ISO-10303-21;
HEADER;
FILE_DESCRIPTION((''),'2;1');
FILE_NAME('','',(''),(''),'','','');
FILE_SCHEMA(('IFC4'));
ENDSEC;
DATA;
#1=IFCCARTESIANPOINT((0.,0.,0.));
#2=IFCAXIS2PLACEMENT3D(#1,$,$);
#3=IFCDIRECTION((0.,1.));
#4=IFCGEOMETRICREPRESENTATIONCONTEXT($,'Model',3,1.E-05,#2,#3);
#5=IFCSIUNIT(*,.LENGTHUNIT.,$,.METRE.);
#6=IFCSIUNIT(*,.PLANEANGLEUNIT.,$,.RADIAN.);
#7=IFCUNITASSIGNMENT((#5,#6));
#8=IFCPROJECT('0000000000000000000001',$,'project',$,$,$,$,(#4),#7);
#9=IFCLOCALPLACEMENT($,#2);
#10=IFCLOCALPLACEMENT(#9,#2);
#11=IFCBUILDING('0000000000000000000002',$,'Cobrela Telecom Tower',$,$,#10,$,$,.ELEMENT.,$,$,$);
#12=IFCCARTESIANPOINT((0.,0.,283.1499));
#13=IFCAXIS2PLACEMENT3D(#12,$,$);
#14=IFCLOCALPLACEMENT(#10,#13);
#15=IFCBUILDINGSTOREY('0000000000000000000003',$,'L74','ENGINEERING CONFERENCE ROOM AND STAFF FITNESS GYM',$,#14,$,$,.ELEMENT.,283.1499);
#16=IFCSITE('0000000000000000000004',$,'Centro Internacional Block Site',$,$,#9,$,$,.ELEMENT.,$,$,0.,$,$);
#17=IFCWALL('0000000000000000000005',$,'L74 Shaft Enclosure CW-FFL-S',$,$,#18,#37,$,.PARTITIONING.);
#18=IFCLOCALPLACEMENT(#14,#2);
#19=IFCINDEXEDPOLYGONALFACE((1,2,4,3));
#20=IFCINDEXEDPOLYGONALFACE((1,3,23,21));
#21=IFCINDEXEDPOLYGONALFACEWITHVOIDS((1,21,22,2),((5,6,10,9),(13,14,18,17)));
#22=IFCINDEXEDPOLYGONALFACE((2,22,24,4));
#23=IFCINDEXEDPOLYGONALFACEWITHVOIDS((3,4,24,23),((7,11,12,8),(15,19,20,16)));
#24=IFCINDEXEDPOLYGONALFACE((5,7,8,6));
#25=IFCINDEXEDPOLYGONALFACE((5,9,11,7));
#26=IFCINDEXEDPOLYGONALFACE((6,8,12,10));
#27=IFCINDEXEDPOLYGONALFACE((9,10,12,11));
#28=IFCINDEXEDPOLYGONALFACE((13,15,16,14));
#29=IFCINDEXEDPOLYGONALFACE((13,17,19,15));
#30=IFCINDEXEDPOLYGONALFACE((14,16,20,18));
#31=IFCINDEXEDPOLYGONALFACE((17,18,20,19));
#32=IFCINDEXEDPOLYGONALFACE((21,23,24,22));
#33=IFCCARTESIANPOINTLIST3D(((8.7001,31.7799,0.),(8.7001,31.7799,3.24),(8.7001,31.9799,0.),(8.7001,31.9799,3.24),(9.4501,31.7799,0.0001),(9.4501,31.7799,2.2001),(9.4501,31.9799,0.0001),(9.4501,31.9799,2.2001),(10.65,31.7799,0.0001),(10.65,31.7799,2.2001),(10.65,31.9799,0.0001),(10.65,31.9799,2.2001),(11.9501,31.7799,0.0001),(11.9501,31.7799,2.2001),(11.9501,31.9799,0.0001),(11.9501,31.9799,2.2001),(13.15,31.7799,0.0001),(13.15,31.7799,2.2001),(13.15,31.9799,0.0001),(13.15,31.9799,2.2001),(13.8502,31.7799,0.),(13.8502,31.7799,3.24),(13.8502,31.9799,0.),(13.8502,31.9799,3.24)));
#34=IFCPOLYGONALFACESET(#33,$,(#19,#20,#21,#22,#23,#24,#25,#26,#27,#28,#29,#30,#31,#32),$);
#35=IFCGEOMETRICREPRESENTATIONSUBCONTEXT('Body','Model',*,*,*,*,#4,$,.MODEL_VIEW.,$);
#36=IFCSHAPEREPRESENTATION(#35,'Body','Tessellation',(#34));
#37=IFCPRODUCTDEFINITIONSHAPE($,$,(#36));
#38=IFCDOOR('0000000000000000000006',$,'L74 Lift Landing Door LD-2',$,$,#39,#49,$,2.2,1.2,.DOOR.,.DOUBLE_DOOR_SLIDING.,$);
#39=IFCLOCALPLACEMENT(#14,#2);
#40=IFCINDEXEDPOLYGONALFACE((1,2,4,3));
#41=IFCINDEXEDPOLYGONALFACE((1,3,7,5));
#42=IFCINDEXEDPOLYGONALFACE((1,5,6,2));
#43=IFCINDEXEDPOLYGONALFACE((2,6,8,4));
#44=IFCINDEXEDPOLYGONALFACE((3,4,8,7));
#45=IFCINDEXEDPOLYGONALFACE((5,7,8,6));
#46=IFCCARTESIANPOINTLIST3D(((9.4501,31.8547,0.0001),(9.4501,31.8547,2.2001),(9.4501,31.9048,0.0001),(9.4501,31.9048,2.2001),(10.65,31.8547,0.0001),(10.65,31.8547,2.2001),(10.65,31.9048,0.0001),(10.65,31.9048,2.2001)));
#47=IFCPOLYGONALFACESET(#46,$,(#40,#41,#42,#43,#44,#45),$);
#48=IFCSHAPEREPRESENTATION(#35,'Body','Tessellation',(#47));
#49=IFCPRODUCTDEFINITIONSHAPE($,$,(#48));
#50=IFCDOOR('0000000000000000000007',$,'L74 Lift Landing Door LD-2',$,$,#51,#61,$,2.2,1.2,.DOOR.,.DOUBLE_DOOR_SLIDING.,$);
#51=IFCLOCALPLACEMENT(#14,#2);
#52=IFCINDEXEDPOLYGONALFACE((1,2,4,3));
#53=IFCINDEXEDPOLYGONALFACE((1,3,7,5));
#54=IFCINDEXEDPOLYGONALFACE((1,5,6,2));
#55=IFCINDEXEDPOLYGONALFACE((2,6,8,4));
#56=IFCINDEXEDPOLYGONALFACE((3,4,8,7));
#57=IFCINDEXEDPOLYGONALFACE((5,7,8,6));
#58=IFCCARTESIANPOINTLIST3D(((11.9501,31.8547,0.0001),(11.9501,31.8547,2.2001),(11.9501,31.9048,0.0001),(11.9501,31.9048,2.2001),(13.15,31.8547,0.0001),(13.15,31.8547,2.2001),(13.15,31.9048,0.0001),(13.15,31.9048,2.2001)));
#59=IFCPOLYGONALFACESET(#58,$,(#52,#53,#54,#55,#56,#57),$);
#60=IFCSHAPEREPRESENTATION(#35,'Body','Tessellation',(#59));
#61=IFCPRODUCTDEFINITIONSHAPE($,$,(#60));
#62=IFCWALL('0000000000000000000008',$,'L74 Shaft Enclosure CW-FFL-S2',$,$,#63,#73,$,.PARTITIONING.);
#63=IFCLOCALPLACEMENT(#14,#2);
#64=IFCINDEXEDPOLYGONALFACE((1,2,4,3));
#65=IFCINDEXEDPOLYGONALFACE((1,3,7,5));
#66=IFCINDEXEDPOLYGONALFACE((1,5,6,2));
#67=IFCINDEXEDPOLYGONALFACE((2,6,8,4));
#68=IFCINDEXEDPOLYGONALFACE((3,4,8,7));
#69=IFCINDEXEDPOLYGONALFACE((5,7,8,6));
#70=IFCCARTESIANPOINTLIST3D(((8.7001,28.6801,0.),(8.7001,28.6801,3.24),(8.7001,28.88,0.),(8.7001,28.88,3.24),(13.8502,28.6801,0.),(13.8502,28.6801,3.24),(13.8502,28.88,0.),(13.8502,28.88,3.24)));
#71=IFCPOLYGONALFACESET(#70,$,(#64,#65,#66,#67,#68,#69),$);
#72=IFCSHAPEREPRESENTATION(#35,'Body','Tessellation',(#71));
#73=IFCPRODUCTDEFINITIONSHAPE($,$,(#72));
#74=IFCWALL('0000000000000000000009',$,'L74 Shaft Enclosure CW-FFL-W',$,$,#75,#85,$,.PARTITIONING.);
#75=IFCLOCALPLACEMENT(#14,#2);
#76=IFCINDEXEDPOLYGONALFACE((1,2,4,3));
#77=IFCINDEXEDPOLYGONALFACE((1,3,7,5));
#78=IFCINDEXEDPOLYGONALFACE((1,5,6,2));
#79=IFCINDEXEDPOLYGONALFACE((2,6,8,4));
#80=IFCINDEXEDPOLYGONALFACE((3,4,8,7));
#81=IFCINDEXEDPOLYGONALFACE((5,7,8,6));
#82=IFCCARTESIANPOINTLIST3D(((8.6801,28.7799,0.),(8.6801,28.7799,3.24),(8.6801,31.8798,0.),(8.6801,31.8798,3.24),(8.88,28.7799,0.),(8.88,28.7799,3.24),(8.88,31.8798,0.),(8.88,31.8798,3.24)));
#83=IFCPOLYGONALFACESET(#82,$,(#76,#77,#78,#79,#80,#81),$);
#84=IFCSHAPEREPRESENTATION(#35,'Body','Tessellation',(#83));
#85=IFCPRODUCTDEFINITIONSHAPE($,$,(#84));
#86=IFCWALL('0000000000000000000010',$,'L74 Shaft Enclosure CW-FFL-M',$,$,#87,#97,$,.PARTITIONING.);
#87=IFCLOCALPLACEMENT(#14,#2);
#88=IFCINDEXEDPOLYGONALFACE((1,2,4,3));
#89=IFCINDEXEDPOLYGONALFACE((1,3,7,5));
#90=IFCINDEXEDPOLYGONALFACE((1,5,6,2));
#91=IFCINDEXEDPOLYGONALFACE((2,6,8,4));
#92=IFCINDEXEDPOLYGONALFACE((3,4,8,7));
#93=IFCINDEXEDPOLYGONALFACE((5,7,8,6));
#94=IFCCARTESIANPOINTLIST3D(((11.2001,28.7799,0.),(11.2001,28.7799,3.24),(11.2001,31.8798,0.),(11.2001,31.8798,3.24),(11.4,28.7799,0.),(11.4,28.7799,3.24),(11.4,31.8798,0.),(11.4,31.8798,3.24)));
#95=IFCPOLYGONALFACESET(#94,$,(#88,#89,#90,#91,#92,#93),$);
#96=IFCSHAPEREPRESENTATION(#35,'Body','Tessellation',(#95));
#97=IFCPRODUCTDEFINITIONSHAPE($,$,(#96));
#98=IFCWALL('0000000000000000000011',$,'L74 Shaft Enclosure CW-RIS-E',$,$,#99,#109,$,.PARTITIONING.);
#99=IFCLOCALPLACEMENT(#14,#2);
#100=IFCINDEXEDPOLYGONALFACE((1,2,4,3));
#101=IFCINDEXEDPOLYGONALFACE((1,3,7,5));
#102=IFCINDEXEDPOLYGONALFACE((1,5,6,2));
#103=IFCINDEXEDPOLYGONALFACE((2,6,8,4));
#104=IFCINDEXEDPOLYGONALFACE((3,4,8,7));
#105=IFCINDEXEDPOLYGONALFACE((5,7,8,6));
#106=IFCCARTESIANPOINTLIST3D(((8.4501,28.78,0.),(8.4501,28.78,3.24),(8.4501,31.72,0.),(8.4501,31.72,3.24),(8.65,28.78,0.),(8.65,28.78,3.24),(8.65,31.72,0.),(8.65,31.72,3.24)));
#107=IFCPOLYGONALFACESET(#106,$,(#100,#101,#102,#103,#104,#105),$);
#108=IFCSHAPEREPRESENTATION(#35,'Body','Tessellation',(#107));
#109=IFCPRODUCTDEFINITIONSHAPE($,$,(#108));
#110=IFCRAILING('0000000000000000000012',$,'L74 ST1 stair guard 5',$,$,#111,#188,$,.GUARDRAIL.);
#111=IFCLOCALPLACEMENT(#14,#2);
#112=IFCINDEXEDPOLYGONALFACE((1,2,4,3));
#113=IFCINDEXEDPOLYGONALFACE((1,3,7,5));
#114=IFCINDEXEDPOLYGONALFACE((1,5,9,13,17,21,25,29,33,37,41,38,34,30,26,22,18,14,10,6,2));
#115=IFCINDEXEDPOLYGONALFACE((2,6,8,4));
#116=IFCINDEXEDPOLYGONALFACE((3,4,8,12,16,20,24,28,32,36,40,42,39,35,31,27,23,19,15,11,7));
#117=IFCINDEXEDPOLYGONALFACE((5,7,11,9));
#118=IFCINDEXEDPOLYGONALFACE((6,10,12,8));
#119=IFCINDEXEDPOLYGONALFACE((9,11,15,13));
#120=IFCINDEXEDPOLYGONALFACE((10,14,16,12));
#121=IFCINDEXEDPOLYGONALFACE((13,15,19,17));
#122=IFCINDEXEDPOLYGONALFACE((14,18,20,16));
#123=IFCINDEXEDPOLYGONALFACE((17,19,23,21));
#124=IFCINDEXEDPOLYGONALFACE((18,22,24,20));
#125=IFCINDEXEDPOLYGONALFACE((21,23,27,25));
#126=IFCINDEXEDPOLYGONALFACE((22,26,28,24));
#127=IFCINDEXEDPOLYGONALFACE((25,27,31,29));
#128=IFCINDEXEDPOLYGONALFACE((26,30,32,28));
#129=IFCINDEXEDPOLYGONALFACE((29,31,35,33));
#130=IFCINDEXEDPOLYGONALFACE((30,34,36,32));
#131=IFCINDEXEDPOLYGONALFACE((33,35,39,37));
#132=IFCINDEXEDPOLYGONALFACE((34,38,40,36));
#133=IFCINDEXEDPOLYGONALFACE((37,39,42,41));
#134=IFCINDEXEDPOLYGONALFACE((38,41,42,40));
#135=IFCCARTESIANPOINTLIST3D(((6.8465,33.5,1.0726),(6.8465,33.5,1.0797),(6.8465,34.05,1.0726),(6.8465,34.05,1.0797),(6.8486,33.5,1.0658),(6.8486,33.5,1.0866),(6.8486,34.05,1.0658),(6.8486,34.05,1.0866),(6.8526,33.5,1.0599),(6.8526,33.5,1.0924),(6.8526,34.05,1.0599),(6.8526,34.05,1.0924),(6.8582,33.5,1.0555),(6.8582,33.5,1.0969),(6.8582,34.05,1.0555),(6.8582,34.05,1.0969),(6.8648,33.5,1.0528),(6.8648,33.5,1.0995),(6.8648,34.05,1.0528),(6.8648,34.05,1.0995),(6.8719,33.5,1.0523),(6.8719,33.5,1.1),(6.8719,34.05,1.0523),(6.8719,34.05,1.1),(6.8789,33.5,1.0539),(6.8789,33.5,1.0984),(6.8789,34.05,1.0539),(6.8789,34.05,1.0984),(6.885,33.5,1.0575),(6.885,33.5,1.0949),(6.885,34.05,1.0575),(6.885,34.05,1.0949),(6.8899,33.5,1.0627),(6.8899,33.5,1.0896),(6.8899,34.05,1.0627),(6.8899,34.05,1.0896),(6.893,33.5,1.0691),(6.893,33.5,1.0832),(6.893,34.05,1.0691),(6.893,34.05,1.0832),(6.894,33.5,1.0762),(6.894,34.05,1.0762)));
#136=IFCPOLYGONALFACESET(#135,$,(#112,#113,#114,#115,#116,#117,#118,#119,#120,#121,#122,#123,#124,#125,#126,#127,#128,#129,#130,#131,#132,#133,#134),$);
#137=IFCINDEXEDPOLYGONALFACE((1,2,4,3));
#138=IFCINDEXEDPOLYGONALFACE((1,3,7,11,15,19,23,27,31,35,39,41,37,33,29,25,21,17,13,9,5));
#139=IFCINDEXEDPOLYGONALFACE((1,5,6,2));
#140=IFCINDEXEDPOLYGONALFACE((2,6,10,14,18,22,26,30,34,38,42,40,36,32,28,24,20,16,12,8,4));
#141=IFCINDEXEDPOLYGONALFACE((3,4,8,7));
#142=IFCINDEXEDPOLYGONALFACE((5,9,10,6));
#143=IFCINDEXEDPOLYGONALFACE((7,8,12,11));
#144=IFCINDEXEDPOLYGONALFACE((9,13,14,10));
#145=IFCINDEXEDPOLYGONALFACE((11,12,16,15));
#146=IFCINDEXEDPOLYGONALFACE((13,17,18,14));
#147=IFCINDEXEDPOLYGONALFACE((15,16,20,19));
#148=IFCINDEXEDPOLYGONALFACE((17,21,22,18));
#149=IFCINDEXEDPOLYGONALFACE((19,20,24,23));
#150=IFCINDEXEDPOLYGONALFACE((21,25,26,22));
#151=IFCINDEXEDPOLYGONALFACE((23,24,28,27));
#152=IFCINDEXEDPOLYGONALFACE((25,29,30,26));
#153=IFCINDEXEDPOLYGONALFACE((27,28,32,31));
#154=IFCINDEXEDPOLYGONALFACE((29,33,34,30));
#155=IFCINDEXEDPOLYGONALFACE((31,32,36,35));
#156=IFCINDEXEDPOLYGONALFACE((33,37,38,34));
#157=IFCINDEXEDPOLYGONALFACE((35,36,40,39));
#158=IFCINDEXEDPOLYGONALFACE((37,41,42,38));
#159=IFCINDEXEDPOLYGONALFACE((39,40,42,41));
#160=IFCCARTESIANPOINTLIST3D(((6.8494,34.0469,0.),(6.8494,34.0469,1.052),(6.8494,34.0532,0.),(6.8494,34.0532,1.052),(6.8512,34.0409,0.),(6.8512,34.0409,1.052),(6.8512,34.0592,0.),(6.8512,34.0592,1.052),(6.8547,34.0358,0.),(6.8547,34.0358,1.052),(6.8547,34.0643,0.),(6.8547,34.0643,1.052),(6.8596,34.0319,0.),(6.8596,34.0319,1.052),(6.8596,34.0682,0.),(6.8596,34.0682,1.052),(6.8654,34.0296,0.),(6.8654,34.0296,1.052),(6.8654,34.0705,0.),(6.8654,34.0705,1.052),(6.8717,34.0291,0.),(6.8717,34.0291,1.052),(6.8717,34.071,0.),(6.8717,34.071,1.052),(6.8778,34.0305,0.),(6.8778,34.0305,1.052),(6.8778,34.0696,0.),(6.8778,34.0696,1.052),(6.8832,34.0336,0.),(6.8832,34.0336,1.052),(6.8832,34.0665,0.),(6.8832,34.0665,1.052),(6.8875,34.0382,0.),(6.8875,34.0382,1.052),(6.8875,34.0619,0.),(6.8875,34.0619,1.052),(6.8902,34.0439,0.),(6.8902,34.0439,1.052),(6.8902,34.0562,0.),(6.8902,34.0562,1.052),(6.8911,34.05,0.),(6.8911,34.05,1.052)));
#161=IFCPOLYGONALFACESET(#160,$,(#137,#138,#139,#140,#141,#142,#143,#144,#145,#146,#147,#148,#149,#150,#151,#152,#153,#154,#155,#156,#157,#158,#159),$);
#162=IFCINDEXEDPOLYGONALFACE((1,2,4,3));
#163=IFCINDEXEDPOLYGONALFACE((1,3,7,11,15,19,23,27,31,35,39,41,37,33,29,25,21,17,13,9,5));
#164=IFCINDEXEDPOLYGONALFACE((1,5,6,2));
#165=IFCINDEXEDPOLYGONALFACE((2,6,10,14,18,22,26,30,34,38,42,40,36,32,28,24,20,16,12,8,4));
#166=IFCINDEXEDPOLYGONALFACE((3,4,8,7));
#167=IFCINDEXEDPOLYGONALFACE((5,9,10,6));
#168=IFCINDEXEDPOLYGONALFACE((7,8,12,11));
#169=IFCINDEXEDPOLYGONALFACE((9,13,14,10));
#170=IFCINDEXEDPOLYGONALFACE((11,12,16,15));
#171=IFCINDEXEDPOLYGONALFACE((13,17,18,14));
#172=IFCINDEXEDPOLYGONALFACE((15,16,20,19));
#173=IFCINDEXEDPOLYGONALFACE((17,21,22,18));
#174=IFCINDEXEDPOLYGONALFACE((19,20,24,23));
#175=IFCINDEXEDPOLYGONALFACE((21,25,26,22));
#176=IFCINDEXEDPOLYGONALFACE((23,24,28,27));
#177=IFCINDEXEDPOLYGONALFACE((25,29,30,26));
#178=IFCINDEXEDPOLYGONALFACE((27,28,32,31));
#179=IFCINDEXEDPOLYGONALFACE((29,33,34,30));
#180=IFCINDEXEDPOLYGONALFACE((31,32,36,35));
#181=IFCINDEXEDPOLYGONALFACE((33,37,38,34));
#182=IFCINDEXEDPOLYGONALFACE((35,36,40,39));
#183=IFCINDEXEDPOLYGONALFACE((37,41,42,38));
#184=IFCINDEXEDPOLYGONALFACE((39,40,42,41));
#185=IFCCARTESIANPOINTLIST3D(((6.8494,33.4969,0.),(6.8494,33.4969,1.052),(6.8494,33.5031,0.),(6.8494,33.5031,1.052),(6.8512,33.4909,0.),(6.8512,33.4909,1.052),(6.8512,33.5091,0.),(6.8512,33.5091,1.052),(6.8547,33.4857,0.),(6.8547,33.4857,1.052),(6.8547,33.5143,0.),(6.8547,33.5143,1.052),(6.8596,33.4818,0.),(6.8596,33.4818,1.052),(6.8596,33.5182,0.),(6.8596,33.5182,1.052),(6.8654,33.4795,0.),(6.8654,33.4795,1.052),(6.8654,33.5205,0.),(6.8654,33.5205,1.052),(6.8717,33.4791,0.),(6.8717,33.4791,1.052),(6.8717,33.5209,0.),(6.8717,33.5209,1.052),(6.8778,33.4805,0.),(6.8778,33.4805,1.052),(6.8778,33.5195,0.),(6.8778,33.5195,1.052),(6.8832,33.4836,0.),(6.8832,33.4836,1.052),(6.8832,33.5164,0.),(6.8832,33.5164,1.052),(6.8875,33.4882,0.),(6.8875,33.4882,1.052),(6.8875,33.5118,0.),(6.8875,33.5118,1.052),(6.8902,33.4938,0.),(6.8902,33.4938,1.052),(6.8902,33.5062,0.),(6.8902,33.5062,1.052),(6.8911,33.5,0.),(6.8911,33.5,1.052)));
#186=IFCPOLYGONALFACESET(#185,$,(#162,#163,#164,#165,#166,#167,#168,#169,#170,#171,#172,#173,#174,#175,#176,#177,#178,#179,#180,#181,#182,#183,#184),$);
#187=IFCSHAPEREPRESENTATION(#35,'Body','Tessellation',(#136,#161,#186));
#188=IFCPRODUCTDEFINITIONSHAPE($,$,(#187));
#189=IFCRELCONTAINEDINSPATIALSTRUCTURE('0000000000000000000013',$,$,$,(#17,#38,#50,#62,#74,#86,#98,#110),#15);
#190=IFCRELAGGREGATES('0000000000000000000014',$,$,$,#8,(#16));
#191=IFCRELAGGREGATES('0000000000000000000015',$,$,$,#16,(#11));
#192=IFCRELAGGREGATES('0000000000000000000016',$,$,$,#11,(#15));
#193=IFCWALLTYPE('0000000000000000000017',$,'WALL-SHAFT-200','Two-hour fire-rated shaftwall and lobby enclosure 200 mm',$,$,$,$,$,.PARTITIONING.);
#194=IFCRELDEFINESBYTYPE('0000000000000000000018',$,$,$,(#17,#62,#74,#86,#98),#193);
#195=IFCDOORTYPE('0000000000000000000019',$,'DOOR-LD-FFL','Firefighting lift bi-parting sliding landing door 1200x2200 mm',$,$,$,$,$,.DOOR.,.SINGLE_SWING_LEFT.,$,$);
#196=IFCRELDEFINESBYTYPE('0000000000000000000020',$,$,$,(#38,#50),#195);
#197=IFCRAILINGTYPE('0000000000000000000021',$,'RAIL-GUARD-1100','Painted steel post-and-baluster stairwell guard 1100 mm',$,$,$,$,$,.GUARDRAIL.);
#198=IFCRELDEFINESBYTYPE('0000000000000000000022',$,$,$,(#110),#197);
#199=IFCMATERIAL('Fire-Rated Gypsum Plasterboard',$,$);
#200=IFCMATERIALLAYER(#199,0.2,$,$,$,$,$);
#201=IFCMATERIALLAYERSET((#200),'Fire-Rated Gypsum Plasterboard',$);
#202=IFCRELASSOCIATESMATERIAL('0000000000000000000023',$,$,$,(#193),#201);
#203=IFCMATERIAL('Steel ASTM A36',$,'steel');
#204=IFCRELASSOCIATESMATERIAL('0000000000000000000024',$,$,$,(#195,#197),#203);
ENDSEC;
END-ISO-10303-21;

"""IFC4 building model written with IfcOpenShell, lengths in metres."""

from ifc_helpers import new_model, si_unit, direction, frame, frame_2d, origin, origin_2d, place, context, subcontext, project, spatial, rectangle, circle, extrude, material, layer, layer_set, type_object, element, fill, save


model = new_model("IFC4")

# Units and contexts
model_context = context("Model", 3, precision=1e-05, world=origin(), true_north=direction((0.0, 1.0)))
body_context = subcontext(model_context, "Body", "Model", "MODEL_VIEW")
ifc_project = project(units=[si_unit("LENGTHUNIT", "METRE"), si_unit("PLANEANGLEUNIT", "RADIAN")], contexts=[model_context])

# Site, building, storey
site_placement = place(None, origin())
site = spatial("IfcSite", under=ifc_project, at=site_placement, Name="Centro Internacional Block Site", CompositionType="ELEMENT", RefElevation=0.0)
building_placement = place(site_placement, origin())
building = spatial("IfcBuilding", under=site, at=building_placement, Name="Cobrela Telecom Tower", CompositionType="ELEMENT")
storey_placement = place(building_placement, frame((0.0, 0.0, 283.1499)))
storey = spatial("IfcBuildingStorey", under=building, at=storey_placement, Name="L74", Description="ENGINEERING CONFERENCE ROOM AND STAFF FITNESS GYM", CompositionType="ELEMENT", Elevation=283.1499)

# Shared definitions
ifc_material_1 = material(Name="Steel ASTM A36", Category="steel")

# Shared definitions
ifc_material_2 = material(Name="Fire-Rated Gypsum Plasterboard")

# Wall, openings, doors
ifc_layer_1 = layer(ifc_material_2, 0.2)
ifc_layer_set_1 = layer_set([ifc_layer_1], Name="Fire-Rated Gypsum Plasterboard")
wall_type_1 = type_object("IfcWallType", Name="WALL-SHAFT-200", Description="Two-hour fire-rated shaftwall and lobby enclosure 200 mm", PredefinedType="PARTITIONING", material=ifc_layer_set_1)
wall_1_placement = place(storey_placement, frame((8.7, 31.8799, 0.0), z_axis=(0.0, 0.0, 1.0), x_axis=(1.0, 0.0, 0.0)))
wall_1 = element("IfcWall", 1, at=wall_1_placement, inside=storey, type_object=wall_type_1, Name="L74 Shaft Enclosure CW-FFL-S", PredefinedType="PARTITIONING", context=body_context, shape_type="SweptSolid", body=[
    extrude(rectangle(XDim=5.1501, YDim=0.2, at=frame_2d((2.5752, 0.0))), origin(), (0.0, 0.0, 1.0), 3.24),
])
opening_1_placement = place(wall_1_placement, frame((0.75, 0.0, 0.0)))
opening_1 = element("IfcOpeningElement", 2, at=opening_1_placement, cuts=wall_1, PredefinedType="OPENING", context=body_context, shape_type="SweptSolid", body=[
    extrude(rectangle(XDim=1.2, YDim=2.2, at=frame_2d((0.6001, 1.1001))), frame((0.0, 0.1118, 0.0), z_axis=(0.0, -1.0, 0.0), x_axis=(1.0, 0.0, 0.0)), (0.0, 0.0, 1.0), 0.2239),
])
opening_2_placement = place(wall_1_placement, frame((3.25, 0.0, 0.0)))
opening_2 = element("IfcOpeningElement", 3, at=opening_2_placement, cuts=wall_1, PredefinedType="OPENING", context=body_context, shape_type="SweptSolid", body=[
    extrude(rectangle(XDim=1.2, YDim=2.2, at=frame_2d((0.6001, 1.1001))), frame((0.0, 0.1118, 0.0), z_axis=(0.0, -1.0, 0.0), x_axis=(1.0, 0.0, 0.0)), (0.0, 0.0, 1.0), 0.2239),
])
door_type_1 = type_object("IfcDoorType", Name="DOOR-LD-FFL", Description="Firefighting lift bi-parting sliding landing door 1200x2200 mm", OperationType="SINGLE_SWING_LEFT", PredefinedType="DOOR", material=ifc_material_1)
door_1_placement = place(opening_1_placement, origin())
door_1 = element("IfcDoor", 4, at=door_1_placement, inside=storey, type_object=door_type_1, Name="L74 Lift Landing Door LD-2", OperationType="DOUBLE_DOOR_SLIDING", OverallHeight=2.2, OverallWidth=1.2, PredefinedType="DOOR", context=body_context, shape_type="SweptSolid", body=[
    extrude(rectangle(XDim=1.2, YDim=2.2, at=frame_2d((0.6001, 1.1001))), frame((0.0, 0.0249, 0.0), z_axis=(0.0, -1.0, 0.0), x_axis=(1.0, 0.0, 0.0)), (0.0, 0.0, 1.0), 0.05),
])
fill(opening_1, door_1)
door_2_placement = place(opening_2_placement, origin())
door_2 = element("IfcDoor", 5, at=door_2_placement, inside=storey, type_object=door_type_1, Name="L74 Lift Landing Door LD-2", OperationType="DOUBLE_DOOR_SLIDING", OverallHeight=2.2, OverallWidth=1.2, PredefinedType="DOOR", context=body_context, shape_type="SweptSolid", body=[
    extrude(rectangle(XDim=1.2, YDim=2.2, at=frame_2d((0.6001, 1.1001))), frame((0.0, 0.0249, 0.0), z_axis=(0.0, -1.0, 0.0), x_axis=(1.0, 0.0, 0.0)), (0.0, 0.0, 1.0), 0.05),
])
fill(opening_2, door_2)

# Walls
wall_2_placement = place(storey_placement, frame((8.7, 28.78, 0.0), z_axis=(0.0, 0.0, 1.0), x_axis=(1.0, 0.0, 0.0)))
element("IfcWall", 6, at=wall_2_placement, inside=storey, type_object=wall_type_1, Name="L74 Shaft Enclosure CW-FFL-S2", PredefinedType="PARTITIONING", context=body_context, shape_type="SweptSolid", body=[
    extrude(rectangle(XDim=5.1501, YDim=0.2, at=frame_2d((2.5752, 0.0))), origin(), (0.0, 0.0, 1.0), 3.24),
])
for number, where, z_axis, x_axis, name in (
    (7, (8.78, 28.78, 0.0), (0.0, 0.0, 1.0), (0.0, 1.0, 0.0), "L74 Shaft Enclosure CW-FFL-W"),
    (8, (11.3, 28.78, 0.0), (0.0, 0.0, 1.0), (0.0, 1.0, 0.0), "L74 Shaft Enclosure CW-FFL-M"),
):
    element("IfcWall", number, at=place(storey_placement, frame(where, z_axis=z_axis, x_axis=x_axis)), inside=storey, type_object=wall_type_1, Name=name, PredefinedType="PARTITIONING", context=body_context, shape_type="SweptSolid", body=[
        extrude(rectangle(XDim=3.0999, YDim=0.2, at=frame_2d((1.5498, 0.0))), origin(), (0.0, 0.0, 1.0), 3.24),
    ])
wall_3_placement = place(storey_placement, frame((8.55, 28.78, 0.0), z_axis=(0.0, 0.0, 1.0), x_axis=(0.0, 1.0, 0.0)))
element("IfcWall", 9, at=wall_3_placement, inside=storey, type_object=wall_type_1, Name="L74 Shaft Enclosure CW-RIS-E", PredefinedType="PARTITIONING", context=body_context, shape_type="SweptSolid", body=[
    extrude(rectangle(XDim=2.9399, YDim=0.2, at=frame_2d((1.47, 0.0))), origin(), (0.0, 0.0, 1.0), 3.24),
])

# Railing
railing_type = type_object("IfcRailingType", Name="RAIL-GUARD-1100", Description="Painted steel post-and-baluster stairwell guard 1100 mm", PredefinedType="GUARDRAIL", material=ifc_material_1)
railing_placement = place(storey_placement, frame((6.8701, 34.05, 0.0)))
element("IfcRailing", 10, at=railing_placement, inside=storey, type_object=railing_type, Name="L74 ST1 stair guard 5", PredefinedType="GUARDRAIL", context=body_context, shape_type="SweptSolid", body=[
    extrude(circle(Radius=0.0239, at=origin_2d()), frame((0.0, 0.0, 1.0762), z_axis=(0.0, -1.0, 0.0), x_axis=(1.0, 0.0, 0.0)), (0.0, 0.0, 1.0), 0.55),
    extrude(circle(Radius=0.021, at=origin_2d()), origin(), (0.0, 0.0, 1.0), 1.052),
    extrude(circle(Radius=0.021, at=origin_2d()), frame((0.0, -0.55, 0.0)), (0.0, 0.0, 1.0), 1.052),
])

save(model, "model.ifc")
